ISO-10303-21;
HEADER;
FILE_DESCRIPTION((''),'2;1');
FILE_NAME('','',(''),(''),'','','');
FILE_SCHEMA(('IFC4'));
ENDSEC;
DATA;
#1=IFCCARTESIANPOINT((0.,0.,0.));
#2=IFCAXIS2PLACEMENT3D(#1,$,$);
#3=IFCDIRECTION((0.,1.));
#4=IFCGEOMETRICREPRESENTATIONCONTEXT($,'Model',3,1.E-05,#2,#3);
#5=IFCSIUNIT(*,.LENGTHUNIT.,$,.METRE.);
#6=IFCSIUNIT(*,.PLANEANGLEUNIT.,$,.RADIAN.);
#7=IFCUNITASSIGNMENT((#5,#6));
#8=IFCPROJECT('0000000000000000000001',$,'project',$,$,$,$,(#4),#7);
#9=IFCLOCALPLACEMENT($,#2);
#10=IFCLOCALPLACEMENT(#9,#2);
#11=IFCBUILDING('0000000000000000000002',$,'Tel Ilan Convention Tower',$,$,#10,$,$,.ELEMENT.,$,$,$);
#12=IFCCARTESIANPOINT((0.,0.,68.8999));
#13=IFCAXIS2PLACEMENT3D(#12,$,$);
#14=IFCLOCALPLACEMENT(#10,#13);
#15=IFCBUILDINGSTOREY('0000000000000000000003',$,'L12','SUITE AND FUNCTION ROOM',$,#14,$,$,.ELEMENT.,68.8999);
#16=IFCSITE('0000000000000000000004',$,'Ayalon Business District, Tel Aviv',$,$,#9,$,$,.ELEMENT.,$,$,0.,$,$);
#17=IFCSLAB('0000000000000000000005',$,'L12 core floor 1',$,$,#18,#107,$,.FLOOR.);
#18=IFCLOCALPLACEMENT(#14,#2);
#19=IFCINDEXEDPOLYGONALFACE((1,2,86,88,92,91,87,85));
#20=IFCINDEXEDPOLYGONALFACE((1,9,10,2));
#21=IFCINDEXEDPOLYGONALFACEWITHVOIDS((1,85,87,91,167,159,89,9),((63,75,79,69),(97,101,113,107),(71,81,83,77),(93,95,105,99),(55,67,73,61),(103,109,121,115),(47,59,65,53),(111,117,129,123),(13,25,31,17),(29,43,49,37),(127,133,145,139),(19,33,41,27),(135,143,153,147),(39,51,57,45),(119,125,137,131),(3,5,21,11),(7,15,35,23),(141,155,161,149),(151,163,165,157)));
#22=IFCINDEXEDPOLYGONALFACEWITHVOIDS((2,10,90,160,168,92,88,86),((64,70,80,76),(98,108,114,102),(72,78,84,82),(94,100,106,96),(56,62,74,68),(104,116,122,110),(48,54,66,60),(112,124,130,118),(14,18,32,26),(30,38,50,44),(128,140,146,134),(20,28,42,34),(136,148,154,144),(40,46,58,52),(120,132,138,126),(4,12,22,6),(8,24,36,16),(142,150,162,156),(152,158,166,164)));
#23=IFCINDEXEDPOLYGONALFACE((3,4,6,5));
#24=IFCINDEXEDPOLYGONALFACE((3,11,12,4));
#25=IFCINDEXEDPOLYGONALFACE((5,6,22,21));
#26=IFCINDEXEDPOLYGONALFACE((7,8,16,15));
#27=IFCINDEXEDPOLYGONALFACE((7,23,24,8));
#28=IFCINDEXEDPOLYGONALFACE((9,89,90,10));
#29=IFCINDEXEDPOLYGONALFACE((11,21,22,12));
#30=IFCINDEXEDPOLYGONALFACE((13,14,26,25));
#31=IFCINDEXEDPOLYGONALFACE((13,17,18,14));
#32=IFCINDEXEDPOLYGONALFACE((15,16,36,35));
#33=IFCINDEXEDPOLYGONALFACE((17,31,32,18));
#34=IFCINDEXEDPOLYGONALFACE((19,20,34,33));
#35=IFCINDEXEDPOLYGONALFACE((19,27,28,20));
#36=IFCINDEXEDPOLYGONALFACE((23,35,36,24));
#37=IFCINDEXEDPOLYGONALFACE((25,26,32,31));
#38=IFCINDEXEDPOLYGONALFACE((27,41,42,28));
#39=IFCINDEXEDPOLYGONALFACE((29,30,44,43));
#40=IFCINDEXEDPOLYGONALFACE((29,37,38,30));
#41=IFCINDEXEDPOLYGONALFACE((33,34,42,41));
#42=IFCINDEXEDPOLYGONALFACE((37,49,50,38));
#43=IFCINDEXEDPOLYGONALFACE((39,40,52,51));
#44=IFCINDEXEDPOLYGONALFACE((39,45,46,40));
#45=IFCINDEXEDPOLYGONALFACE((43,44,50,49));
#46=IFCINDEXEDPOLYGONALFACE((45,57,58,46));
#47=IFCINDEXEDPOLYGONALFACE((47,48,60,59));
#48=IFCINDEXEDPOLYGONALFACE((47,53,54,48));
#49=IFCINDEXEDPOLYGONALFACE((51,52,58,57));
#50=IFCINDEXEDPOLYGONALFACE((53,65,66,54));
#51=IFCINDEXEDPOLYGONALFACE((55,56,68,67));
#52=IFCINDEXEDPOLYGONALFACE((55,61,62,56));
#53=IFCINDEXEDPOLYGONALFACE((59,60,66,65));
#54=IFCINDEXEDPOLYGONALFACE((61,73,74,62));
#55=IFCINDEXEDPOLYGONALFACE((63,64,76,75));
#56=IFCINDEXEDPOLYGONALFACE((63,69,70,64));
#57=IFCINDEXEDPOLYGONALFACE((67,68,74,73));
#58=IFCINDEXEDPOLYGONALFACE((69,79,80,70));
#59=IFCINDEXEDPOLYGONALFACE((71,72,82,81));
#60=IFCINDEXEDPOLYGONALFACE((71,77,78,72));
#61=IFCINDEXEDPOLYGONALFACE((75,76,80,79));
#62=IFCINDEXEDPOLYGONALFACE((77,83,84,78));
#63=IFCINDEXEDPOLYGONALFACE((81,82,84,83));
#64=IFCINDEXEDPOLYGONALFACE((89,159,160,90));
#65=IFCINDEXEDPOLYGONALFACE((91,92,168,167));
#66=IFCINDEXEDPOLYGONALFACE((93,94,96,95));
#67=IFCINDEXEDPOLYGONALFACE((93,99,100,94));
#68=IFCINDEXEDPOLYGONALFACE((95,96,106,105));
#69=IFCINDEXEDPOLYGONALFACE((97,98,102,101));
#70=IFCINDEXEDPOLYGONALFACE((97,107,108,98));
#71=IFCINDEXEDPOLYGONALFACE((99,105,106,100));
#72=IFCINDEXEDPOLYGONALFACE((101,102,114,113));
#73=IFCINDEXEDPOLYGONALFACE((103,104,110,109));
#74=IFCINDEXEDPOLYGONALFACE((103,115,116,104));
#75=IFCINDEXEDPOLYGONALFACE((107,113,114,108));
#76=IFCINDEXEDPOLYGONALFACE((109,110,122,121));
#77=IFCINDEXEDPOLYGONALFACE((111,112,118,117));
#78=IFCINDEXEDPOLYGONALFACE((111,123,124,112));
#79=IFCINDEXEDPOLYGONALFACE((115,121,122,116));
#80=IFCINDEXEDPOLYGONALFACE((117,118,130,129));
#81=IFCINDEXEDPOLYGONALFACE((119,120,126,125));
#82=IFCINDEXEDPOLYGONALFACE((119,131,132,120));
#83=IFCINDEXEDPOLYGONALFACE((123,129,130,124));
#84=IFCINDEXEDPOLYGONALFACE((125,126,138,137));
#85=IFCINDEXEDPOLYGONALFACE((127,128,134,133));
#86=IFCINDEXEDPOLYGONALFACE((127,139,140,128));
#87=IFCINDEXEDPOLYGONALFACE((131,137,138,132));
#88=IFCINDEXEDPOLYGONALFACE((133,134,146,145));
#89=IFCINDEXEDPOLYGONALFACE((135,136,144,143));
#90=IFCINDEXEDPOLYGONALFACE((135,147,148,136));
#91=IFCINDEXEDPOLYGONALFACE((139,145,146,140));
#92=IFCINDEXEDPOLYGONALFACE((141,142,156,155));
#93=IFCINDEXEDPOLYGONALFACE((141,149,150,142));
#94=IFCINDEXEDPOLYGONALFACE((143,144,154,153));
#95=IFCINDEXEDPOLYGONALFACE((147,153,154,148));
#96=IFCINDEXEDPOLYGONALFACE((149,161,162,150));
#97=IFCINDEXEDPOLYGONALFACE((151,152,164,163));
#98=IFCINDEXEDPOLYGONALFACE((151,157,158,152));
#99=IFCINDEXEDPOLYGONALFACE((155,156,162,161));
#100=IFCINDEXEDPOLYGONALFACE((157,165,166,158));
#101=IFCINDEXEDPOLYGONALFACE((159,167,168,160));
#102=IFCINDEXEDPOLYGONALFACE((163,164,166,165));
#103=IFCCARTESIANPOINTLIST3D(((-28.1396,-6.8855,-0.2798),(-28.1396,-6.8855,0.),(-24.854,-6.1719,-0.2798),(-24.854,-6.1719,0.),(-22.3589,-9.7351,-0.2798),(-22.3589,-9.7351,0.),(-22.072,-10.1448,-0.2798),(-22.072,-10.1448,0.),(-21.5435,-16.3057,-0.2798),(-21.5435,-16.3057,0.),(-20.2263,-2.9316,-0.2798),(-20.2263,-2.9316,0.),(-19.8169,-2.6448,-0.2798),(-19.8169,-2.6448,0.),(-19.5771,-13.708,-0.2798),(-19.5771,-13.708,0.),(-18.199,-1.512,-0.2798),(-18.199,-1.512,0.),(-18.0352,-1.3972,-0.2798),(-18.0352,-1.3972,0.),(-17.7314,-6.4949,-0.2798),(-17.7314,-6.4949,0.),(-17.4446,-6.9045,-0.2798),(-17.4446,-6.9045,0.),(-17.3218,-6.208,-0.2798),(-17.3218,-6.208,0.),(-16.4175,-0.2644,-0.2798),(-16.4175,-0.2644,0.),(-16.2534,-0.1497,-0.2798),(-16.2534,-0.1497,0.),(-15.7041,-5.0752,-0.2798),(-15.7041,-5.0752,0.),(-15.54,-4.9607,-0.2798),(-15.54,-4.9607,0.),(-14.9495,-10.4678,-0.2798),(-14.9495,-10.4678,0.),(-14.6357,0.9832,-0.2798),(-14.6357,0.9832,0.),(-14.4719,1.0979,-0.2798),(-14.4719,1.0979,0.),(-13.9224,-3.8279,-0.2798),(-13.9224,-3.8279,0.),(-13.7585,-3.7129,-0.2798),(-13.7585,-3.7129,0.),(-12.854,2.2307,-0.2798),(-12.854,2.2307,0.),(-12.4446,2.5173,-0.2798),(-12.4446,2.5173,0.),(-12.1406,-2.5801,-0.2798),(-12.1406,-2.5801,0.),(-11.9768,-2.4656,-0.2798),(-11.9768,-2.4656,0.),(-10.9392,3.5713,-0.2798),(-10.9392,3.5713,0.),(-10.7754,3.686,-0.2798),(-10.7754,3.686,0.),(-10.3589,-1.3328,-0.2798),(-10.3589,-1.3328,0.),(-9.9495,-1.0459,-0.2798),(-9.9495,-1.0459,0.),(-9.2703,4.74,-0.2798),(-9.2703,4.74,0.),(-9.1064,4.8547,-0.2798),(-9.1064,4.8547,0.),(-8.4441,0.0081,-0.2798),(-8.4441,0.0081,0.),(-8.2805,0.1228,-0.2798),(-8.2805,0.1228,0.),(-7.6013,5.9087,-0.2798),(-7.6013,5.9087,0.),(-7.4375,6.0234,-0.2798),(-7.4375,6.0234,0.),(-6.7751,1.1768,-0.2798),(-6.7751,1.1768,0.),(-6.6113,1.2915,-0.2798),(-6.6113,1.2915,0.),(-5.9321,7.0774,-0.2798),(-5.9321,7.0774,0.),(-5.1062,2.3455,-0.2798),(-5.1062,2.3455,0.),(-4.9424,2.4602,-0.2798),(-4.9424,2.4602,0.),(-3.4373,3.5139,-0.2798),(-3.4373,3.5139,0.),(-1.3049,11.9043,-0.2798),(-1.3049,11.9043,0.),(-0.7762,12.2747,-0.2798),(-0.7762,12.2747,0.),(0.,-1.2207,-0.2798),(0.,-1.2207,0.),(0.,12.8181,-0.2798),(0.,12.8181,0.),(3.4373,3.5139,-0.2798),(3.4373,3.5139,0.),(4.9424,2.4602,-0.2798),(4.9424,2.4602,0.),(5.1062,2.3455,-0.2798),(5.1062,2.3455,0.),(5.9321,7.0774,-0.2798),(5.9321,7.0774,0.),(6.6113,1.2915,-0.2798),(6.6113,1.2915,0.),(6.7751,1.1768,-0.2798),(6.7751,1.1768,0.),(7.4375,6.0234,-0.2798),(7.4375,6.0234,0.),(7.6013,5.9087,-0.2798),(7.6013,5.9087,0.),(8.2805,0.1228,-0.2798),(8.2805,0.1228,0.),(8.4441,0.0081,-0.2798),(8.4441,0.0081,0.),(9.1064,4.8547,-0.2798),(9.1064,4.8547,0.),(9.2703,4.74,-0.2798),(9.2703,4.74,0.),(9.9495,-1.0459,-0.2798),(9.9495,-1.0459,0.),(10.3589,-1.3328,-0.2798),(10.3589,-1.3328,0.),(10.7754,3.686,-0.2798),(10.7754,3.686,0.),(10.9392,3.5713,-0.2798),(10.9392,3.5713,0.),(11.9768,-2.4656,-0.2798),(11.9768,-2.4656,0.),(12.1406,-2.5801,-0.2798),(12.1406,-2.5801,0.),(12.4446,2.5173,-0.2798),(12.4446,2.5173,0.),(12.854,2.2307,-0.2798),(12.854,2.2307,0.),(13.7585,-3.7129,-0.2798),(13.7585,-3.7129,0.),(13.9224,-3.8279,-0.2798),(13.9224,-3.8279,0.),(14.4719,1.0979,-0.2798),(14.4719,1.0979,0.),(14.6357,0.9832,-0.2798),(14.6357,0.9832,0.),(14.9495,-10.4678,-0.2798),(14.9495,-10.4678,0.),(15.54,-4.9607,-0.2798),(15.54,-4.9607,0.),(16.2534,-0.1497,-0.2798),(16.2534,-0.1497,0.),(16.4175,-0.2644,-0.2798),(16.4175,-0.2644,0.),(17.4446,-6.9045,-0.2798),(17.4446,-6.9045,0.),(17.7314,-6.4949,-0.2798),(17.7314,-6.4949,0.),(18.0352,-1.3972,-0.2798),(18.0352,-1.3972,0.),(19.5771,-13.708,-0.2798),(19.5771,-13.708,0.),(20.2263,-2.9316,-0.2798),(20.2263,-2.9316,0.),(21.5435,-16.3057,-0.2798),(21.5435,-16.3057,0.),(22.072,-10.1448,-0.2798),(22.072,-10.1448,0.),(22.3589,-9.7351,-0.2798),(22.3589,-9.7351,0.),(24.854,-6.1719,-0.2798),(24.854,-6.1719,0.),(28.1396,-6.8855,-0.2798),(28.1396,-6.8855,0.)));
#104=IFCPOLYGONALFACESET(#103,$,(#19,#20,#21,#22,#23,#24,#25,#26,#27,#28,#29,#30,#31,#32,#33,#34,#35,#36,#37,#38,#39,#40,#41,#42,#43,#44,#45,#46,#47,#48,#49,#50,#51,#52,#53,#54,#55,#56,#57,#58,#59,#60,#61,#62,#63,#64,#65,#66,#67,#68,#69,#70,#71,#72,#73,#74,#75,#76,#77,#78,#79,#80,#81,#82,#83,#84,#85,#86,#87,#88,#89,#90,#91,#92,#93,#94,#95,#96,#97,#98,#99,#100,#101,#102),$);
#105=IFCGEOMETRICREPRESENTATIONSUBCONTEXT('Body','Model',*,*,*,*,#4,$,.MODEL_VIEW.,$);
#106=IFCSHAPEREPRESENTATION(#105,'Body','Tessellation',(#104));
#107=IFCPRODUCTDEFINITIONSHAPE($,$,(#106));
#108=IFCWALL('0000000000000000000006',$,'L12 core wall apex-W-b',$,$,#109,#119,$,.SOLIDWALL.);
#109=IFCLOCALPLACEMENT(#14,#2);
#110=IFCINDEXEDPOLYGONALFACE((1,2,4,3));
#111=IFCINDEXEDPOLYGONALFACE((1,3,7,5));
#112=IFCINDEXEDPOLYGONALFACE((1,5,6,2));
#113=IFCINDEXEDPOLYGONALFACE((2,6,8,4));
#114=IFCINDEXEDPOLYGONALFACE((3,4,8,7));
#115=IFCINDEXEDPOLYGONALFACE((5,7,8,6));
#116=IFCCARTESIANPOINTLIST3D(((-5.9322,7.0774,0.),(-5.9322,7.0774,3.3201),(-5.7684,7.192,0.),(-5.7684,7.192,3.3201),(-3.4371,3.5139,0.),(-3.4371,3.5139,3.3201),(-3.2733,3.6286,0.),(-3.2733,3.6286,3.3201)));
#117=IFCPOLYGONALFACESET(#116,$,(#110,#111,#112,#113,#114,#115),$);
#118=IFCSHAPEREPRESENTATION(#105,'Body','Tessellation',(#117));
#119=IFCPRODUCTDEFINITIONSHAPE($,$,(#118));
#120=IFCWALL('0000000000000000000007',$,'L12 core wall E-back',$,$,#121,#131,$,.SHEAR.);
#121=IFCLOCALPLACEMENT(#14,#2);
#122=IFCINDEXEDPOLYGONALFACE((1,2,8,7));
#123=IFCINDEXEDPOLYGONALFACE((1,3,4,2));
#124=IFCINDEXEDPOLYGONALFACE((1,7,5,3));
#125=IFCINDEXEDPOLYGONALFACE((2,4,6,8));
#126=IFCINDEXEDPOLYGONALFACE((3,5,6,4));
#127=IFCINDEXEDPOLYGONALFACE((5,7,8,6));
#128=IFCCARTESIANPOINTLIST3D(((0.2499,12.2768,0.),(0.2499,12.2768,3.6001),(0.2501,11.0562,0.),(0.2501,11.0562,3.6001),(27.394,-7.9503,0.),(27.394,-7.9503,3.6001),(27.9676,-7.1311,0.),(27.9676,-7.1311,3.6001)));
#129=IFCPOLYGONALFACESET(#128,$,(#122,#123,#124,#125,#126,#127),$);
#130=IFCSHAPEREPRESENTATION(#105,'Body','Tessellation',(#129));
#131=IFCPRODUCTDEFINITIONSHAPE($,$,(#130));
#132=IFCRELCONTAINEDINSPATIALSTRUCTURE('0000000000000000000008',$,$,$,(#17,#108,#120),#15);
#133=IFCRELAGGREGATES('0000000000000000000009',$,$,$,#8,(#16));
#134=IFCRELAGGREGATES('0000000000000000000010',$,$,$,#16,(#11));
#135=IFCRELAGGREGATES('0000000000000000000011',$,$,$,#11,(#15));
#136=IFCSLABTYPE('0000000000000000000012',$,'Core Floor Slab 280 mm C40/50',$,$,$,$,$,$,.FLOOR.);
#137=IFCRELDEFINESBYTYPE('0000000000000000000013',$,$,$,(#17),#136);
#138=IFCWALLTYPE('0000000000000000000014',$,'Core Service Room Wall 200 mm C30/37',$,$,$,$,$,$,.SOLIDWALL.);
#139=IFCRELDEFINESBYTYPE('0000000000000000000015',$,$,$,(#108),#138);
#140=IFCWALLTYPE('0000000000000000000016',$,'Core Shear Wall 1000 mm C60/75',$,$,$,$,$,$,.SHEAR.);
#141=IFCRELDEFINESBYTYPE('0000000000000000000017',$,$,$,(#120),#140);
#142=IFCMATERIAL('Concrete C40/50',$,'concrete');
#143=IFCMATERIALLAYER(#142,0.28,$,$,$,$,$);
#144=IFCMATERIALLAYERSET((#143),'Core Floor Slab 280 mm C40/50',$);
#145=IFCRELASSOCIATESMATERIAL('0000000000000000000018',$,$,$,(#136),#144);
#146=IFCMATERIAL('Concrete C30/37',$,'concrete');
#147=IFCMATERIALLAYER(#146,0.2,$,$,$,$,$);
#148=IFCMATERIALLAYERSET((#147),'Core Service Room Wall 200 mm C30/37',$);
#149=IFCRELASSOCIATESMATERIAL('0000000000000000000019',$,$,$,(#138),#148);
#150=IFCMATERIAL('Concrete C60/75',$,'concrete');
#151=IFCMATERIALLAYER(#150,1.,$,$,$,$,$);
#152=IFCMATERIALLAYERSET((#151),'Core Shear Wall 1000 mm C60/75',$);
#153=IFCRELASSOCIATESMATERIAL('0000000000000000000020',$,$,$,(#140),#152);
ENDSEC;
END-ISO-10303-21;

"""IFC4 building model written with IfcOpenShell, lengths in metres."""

from ifc_helpers import new_model, si_unit, direction, frame, frame_2d, origin, place, context, subcontext, project, spatial, polyline, rectangle, outline, extrude, material, layer, layer_set, type_object, element, save


model = new_model("IFC4")

# Units and contexts
model_context = context("Model", 3, precision=1e-05, world=origin(), true_north=direction((0.0, 1.0)))
body_context = subcontext(model_context, "Body", "Model", "MODEL_VIEW")
ifc_project = project(units=[si_unit("LENGTHUNIT", "METRE"), si_unit("PLANEANGLEUNIT", "RADIAN")], contexts=[model_context])

# Site, building, storey
site_placement = place(None, origin())
site = spatial("IfcSite", under=ifc_project, at=site_placement, Name="Ayalon Business District, Tel Aviv", CompositionType="ELEMENT", RefElevation=0.0)
building_placement = place(site_placement, origin())
building = spatial("IfcBuilding", under=site, at=building_placement, Name="Tel Ilan Convention Tower", CompositionType="ELEMENT")
storey_placement = place(building_placement, frame((0.0, 0.0, 68.8999)))
storey = spatial("IfcBuildingStorey", under=building, at=storey_placement, Name="L12", Description="SUITE AND FUNCTION ROOM", CompositionType="ELEMENT", Elevation=68.8999)

# Slab
ifc_material_1 = material(Name="Concrete C40/50", Category="concrete")
ifc_layer_1 = layer(ifc_material_1, 0.28)
ifc_layer_set_1 = layer_set([ifc_layer_1], Name="Core Floor Slab 280 mm C40/50")
slab_type_1 = type_object("IfcSlabType", Name="Core Floor Slab 280 mm C40/50", PredefinedType="FLOOR", material=ifc_layer_set_1)
slab_1_placement = place(storey_placement, frame((0.0, 0.0, -0.2798)))
element("IfcSlab", 1, at=slab_1_placement, inside=storey, type_object=slab_type_1, Name="L12 core floor 1", PredefinedType="FLOOR", context=body_context, shape_type="SweptSolid", body=[
    extrude(outline(polyline([(-0.2412, 12.6494), (-1.021, 12.1033), (0.0, 12.8181), (28.1396, -6.8855), (21.5435, -16.3057), (0.0, -1.2207), (-21.5435, -16.3057), (-28.1396, -6.8855), (-1.3049, 11.9043), (-0.2412, 12.6494), (-6.1907, 8.4834), (-0.2412, 12.6494)]), holes=[polyline([(-14.9495, -10.4678), (-17.4446, -6.9045), (-22.072, -10.1448), (-19.5771, -13.708), (-14.9495, -10.4678)]), polyline([(-17.7314, -6.4949), (-20.2263, -2.9316), (-24.854, -6.1719), (-22.3589, -9.7351), (-17.7314, -6.4949)]), polyline([(-18.199, -1.512), (-19.8169, -2.6448), (-17.3218, -6.208), (-15.7041, -5.0752), (-18.199, -1.512)]), polyline([(-16.4175, -0.2644), (-18.0352, -1.3972), (-15.54, -4.9607), (-13.9224, -3.8279), (-16.4175, -0.2644)]), polyline([(-14.6357, 0.9832), (-16.2534, -0.1497), (-13.7585, -3.7129), (-12.1406, -2.5801), (-14.6357, 0.9832)]), polyline([(-12.854, 2.2307), (-14.4719, 1.0979), (-11.9768, -2.4656), (-10.3589, -1.3328), (-12.854, 2.2307)]), polyline([(-10.9392, 3.5713), (-12.4446, 2.5173), (-9.9495, -1.0459), (-8.4441, 0.0081), (-10.9392, 3.5713)]), polyline([(-6.7751, 1.1768), (-9.2703, 4.74), (-10.7754, 3.686), (-8.2805, 0.1228), (-6.7751, 1.1768)]), polyline([(-5.1062, 2.3455), (-7.6013, 5.9087), (-9.1064, 4.8547), (-6.6113, 1.2915), (-5.1062, 2.3455)]), polyline([(-5.9321, 7.0774), (-7.4375, 6.0234), (-4.9424, 2.4602), (-3.4373, 3.5139), (-5.9321, 7.0774)]), polyline([(17.4446, -6.9045), (14.9495, -10.4678), (19.5771, -13.708), (22.072, -10.1448), (17.4446, -6.9045)]), polyline([(20.2263, -2.9316), (17.7314, -6.4949), (22.3589, -9.7351), (24.854, -6.1719), (20.2263, -2.9316)]), polyline([(13.9224, -3.8279), (15.54, -4.9607), (18.0352, -1.3972), (16.4175, -0.2644), (13.9224, -3.8279)]), polyline([(12.1406, -2.5801), (13.7585, -3.7129), (16.2534, -0.1497), (14.6357, 0.9832), (12.1406, -2.5801)]), polyline([(11.9768, -2.4656), (14.4719, 1.0979), (12.854, 2.2307), (10.3589, -1.3328), (11.9768, -2.4656)]), polyline([(9.9495, -1.0459), (12.4446, 2.5173), (10.9392, 3.5713), (8.4441, 0.0081), (9.9495, -1.0459)]), polyline([(8.2805, 0.1228), (10.7754, 3.686), (9.2703, 4.74), (6.7751, 1.1768), (8.2805, 0.1228)]), polyline([(5.1062, 2.3455), (6.6113, 1.2915), (9.1064, 4.8547), (7.6013, 5.9087), (5.1062, 2.3455)]), polyline([(3.4373, 3.5139), (4.9424, 2.4602), (7.4375, 6.0234), (5.9321, 7.0774), (3.4373, 3.5139)])]), origin(), (0.0, 0.0, 1.0), 0.2798),
])

# Walls
ifc_material_2 = material(Name="Concrete C30/37", Category="concrete")
ifc_layer_2 = layer(ifc_material_2, 0.2)
ifc_layer_set_2 = layer_set([ifc_layer_2], Name="Core Service Room Wall 200 mm C30/37")
wall_type_1 = type_object("IfcWallType", Name="Core Service Room Wall 200 mm C30/37", PredefinedType="SOLIDWALL", material=ifc_layer_set_2)
wall_1_placement = place(storey_placement, frame((-3.3552, 3.5713, 0.0), z_axis=(0.0, 0.0, 1.0), x_axis=(-0.573568, 0.819158, 0.0)))
element("IfcWall", 2, at=wall_1_placement, inside=storey, type_object=wall_type_1, Name="L12 core wall apex-W-b", PredefinedType="SOLIDWALL", context=body_context, shape_type="SweptSolid", body=[
    extrude(rectangle(XDim=4.3501, YDim=0.2, at=frame_2d((2.175, 0.0))), origin(), (0.0, 0.0, 1.0), 3.3201),
])
ifc_material_3 = material(Name="Concrete C60/75", Category="concrete")
ifc_layer_3 = layer(ifc_material_3, 1.0)
ifc_layer_set_3 = layer_set([ifc_layer_3], Name="Core Shear Wall 1000 mm C60/75")
wall_type_2 = type_object("IfcWallType", Name="Core Shear Wall 1000 mm C60/75", PredefinedType="SHEAR", material=ifc_layer_set_3)
wall_2_placement = place(storey_placement, frame((-0.0369, 11.8672, 0.0), z_axis=(0.0, 0.0, 1.0), x_axis=(0.819155, -0.573572, 0.0)))
element("IfcWall", 3, at=wall_2_placement, inside=storey, type_object=wall_type_2, Name="L12 core wall E-back", PredefinedType="SHEAR", context=body_context, shape_type="SweptSolid", body=[
    extrude(outline(polyline([(33.8369, 0.5), (0.0, 0.5), (0.7002, -0.4998), (33.8369, -0.5), (33.8369, 0.5)])), origin(), (0.0, 0.0, 1.0), 3.6001),
])

save(model, "model.ifc")
